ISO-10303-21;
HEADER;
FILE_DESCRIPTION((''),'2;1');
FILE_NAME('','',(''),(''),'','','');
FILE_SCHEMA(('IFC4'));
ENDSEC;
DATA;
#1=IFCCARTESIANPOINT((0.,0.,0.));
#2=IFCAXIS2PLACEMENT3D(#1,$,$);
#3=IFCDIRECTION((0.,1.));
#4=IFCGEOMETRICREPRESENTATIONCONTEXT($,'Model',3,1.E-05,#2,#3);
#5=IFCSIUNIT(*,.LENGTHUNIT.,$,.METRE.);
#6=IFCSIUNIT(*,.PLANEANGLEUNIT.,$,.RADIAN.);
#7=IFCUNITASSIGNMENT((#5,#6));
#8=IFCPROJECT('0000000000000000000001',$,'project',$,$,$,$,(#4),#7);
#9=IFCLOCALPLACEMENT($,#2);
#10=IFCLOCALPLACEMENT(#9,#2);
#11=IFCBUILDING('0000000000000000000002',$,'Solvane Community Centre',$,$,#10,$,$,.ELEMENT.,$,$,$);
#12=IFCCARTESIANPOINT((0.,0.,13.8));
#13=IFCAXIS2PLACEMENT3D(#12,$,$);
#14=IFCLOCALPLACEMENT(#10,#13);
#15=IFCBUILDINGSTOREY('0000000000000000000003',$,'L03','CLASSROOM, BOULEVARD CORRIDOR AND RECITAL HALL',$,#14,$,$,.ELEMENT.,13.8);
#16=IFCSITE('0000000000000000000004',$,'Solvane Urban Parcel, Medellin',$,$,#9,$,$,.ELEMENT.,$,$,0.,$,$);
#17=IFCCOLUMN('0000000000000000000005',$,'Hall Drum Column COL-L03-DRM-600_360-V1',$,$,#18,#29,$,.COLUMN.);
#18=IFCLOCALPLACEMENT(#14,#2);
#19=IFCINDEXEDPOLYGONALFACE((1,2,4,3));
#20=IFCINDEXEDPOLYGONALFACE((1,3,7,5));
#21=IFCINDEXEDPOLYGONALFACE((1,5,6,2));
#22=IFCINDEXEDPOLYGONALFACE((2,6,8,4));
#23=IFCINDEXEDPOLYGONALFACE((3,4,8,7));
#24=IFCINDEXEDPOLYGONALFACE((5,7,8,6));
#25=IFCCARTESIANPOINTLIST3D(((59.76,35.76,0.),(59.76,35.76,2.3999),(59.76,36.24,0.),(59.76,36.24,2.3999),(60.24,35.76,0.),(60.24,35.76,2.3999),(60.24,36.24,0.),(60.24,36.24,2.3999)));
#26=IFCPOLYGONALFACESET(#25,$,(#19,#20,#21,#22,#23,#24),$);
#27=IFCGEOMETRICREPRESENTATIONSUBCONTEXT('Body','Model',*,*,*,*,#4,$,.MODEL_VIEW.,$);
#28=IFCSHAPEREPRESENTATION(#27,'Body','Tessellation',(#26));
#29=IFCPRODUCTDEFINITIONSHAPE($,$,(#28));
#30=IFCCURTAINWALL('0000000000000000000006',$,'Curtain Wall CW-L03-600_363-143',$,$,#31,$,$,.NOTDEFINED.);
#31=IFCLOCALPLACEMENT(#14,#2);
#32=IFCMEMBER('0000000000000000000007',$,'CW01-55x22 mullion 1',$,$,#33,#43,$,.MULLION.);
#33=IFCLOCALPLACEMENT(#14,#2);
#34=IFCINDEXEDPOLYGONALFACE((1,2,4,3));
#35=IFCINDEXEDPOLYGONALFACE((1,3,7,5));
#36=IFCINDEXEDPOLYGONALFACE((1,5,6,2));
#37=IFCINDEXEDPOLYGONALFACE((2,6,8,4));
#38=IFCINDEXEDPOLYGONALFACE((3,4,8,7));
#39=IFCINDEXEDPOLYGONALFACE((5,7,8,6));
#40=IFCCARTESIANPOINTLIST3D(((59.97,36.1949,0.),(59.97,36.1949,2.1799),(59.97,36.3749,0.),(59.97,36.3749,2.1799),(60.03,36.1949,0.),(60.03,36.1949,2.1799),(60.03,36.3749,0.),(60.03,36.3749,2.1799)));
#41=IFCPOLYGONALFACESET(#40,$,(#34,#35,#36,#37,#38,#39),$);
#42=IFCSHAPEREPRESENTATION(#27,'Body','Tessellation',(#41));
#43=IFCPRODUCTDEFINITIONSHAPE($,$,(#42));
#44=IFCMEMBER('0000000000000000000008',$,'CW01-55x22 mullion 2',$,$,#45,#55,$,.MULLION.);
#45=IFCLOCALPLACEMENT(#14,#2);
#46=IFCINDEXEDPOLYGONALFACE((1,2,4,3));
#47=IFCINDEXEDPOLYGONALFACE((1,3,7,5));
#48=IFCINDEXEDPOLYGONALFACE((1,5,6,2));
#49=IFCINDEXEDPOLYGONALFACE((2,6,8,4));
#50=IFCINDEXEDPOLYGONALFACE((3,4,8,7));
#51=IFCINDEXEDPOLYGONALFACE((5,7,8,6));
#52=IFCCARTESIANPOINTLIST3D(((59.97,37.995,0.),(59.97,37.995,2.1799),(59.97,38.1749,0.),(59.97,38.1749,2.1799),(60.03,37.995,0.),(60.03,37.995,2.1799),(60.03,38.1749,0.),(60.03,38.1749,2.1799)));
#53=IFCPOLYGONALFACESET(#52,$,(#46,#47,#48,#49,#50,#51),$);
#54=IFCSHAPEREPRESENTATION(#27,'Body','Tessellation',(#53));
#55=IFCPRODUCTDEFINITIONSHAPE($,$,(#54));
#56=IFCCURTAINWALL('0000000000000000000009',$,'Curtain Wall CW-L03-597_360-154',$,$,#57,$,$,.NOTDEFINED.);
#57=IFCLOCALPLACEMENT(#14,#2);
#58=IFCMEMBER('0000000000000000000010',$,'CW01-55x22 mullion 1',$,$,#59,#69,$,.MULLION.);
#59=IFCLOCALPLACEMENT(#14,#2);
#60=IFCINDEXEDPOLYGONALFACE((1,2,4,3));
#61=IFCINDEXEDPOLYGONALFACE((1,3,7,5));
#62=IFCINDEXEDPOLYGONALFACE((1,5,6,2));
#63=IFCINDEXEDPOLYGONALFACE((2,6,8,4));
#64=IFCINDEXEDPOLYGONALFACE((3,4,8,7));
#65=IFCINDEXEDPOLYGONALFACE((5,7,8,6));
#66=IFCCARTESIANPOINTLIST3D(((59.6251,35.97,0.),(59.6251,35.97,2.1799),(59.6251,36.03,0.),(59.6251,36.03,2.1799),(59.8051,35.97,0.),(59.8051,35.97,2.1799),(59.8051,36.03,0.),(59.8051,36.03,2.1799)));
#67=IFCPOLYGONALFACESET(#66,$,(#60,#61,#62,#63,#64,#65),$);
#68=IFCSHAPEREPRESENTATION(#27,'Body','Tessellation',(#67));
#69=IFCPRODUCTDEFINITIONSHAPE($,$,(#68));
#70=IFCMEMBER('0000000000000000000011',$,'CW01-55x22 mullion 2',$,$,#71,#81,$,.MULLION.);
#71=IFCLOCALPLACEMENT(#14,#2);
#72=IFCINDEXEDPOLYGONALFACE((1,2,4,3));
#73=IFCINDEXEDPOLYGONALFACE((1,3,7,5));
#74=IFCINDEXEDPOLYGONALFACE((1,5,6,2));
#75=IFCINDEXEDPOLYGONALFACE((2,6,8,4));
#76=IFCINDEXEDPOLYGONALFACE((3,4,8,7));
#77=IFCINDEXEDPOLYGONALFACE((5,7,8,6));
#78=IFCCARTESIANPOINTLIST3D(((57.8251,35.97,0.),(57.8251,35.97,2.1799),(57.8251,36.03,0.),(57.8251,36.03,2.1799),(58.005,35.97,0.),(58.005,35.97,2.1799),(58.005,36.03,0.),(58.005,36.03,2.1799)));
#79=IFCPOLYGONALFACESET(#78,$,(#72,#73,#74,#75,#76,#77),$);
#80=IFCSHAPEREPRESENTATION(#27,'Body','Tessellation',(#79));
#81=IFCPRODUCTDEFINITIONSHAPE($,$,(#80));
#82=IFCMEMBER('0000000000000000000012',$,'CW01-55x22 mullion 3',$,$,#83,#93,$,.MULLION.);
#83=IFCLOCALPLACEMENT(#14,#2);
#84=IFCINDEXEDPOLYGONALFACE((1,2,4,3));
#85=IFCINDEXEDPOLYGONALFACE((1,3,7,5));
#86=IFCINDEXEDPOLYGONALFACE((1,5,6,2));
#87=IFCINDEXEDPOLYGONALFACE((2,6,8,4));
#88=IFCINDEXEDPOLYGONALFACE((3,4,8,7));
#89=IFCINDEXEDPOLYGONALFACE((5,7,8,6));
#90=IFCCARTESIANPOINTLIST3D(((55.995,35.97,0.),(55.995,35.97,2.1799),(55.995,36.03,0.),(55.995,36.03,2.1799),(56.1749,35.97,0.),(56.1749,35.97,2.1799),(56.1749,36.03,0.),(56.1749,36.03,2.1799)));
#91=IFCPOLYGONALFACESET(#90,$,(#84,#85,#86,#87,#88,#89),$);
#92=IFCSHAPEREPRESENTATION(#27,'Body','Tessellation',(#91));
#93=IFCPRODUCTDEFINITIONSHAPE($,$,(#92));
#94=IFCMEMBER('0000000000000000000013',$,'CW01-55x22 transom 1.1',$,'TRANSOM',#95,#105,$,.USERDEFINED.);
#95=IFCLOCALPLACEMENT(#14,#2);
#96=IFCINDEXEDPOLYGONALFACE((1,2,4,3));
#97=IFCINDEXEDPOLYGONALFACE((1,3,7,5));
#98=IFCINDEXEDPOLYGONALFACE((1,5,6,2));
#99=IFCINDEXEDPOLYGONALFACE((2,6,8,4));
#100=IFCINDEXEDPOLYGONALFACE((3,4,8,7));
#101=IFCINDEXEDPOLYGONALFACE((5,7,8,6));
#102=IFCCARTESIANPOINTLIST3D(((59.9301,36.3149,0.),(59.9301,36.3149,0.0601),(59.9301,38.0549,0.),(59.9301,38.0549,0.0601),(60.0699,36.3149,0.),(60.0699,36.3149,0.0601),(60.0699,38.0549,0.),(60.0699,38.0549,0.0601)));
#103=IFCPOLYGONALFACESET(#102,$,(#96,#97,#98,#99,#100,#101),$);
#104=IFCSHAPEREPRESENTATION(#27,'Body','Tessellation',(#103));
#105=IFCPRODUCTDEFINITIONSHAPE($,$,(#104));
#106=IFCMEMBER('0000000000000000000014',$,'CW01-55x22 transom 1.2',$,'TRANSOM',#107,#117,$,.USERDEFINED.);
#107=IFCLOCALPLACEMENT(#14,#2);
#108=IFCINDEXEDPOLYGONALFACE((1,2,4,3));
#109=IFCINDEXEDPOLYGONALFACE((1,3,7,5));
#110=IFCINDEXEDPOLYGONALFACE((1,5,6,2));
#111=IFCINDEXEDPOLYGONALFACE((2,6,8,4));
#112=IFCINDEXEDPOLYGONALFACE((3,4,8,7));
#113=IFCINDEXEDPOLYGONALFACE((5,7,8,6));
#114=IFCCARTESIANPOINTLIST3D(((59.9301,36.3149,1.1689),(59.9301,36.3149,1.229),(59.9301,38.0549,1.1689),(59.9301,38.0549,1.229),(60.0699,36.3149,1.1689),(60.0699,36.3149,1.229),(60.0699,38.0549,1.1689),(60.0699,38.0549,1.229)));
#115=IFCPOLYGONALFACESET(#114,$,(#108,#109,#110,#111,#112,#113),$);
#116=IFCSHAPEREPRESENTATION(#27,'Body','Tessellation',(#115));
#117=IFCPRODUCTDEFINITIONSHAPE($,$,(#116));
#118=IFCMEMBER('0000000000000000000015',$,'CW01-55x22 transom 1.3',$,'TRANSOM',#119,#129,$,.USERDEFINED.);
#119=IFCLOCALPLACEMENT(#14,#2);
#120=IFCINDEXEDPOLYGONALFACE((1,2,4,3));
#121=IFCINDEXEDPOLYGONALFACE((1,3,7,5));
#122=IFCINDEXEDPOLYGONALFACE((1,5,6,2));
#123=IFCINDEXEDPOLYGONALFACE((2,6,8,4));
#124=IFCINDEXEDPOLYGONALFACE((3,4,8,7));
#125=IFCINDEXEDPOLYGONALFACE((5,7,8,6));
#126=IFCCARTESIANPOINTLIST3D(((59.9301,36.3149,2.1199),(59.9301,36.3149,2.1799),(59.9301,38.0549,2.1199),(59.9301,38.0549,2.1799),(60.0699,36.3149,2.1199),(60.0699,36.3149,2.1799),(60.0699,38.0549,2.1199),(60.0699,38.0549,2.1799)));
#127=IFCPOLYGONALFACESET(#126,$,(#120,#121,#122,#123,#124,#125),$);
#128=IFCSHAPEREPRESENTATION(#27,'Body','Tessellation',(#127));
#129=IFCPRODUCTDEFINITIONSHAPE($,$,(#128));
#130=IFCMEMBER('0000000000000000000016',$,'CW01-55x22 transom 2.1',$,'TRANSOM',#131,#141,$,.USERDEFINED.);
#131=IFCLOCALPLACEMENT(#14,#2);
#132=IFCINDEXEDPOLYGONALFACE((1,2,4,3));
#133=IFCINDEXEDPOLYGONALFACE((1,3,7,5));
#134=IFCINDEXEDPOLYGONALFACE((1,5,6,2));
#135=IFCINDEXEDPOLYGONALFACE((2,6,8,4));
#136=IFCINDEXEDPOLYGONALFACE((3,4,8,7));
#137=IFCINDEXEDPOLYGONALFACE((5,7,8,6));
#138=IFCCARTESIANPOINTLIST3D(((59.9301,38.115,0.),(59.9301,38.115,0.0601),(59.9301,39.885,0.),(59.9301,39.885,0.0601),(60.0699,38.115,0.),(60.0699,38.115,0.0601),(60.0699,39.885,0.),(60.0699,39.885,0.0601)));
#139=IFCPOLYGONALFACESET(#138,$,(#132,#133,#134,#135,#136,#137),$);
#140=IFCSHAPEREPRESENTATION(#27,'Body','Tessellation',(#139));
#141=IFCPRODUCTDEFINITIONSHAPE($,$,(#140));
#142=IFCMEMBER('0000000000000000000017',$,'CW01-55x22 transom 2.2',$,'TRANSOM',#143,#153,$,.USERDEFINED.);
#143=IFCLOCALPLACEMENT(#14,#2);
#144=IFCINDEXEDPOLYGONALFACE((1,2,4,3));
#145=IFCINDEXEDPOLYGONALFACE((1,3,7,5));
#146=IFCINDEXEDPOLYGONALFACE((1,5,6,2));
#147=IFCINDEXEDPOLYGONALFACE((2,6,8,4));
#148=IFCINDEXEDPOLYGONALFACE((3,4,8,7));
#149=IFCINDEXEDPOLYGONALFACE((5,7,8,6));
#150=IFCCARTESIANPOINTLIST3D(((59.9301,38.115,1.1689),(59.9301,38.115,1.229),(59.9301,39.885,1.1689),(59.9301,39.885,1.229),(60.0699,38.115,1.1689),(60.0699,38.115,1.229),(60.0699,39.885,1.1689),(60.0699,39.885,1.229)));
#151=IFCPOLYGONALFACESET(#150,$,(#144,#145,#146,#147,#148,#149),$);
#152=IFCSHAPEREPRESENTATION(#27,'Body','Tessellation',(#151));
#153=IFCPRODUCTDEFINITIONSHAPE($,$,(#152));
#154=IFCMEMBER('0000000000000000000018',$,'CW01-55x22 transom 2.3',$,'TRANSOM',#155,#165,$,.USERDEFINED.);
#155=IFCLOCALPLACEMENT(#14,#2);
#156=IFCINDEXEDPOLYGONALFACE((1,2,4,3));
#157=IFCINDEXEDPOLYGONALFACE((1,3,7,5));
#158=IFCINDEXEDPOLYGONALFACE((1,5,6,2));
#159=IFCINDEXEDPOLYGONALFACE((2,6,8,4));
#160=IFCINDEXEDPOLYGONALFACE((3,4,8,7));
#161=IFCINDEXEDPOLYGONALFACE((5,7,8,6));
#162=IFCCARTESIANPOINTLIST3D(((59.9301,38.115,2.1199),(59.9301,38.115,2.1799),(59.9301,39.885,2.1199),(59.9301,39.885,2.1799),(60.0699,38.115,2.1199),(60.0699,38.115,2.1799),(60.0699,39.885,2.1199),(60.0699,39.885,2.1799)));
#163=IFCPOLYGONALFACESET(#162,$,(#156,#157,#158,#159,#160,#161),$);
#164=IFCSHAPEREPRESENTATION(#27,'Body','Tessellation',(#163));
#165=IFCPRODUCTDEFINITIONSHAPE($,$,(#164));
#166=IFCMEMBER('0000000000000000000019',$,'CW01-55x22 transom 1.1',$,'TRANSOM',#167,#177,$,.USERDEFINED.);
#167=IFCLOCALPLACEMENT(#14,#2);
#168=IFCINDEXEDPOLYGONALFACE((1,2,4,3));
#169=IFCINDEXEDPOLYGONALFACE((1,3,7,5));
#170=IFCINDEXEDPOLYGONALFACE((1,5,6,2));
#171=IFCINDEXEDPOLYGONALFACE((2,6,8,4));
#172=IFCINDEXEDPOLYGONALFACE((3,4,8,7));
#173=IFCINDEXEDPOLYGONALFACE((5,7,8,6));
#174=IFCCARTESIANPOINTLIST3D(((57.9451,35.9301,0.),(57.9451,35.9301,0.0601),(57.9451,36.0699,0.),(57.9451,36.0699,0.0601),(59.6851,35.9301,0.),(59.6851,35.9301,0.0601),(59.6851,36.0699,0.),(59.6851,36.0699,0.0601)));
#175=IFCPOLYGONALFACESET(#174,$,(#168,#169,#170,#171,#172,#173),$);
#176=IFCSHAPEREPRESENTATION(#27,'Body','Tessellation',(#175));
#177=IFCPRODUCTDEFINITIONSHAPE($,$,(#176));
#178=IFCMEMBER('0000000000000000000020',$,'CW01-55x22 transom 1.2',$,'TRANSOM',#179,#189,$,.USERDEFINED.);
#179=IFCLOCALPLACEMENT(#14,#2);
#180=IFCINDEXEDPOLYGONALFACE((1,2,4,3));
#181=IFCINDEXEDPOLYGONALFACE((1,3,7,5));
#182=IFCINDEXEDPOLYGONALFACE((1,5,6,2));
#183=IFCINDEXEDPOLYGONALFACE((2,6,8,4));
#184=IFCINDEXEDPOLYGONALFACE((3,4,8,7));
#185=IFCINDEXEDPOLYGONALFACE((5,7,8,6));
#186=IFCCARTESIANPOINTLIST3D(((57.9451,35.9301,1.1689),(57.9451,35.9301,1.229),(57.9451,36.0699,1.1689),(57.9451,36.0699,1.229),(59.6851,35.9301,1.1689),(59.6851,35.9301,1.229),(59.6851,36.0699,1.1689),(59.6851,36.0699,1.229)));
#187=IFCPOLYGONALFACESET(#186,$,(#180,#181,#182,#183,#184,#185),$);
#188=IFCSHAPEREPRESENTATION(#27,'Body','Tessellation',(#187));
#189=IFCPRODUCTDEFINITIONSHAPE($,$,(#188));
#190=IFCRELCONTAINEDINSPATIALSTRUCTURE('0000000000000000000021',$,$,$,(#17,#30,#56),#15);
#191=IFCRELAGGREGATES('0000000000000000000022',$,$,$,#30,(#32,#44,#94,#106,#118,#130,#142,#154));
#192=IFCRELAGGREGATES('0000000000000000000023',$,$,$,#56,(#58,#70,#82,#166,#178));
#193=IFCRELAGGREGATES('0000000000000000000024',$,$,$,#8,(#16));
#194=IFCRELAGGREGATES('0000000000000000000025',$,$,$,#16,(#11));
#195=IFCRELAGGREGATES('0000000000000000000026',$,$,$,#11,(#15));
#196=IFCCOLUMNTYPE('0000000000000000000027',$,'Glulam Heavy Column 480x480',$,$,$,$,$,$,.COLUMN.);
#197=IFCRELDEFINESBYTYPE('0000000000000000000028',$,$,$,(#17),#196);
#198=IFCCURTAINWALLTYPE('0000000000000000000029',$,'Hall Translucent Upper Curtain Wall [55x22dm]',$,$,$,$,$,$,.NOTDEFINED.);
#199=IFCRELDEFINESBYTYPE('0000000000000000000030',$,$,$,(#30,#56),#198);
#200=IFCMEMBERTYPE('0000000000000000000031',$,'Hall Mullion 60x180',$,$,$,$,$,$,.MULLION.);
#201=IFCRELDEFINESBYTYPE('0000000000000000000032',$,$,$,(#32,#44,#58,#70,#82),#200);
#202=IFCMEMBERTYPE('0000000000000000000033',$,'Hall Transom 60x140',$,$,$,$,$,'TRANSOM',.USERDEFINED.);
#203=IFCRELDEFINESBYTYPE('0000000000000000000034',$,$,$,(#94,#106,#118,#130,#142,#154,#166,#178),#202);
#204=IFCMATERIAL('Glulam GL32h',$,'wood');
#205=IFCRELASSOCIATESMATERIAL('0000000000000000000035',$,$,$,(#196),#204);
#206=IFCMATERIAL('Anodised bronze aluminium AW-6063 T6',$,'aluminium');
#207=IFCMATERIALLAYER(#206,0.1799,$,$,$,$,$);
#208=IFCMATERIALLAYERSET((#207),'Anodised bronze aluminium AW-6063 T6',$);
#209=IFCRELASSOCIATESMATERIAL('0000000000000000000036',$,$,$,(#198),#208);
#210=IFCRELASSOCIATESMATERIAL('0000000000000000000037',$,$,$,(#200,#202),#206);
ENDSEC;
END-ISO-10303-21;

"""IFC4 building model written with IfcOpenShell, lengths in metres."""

from ifc_helpers import new_model, si_unit, direction, frame, origin, origin_2d, place, context, subcontext, project, spatial, rectangle, extrude, material, layer, layer_set, material_profile, profile_set, type_object, element, aggregate, save


model = new_model("IFC4")

# Units and contexts
model_context = context("Model", 3, precision=1e-05, world=origin(), true_north=direction((0.0, 1.0)))
body_context = subcontext(model_context, "Body", "Model", "MODEL_VIEW")
ifc_project = project(units=[si_unit("LENGTHUNIT", "METRE"), si_unit("PLANEANGLEUNIT", "RADIAN")], contexts=[model_context])

# Site, building, storey
site_placement = place(None, origin())
site = spatial("IfcSite", under=ifc_project, at=site_placement, Name="Solvane Urban Parcel, Medellin", CompositionType="ELEMENT", RefElevation=0.0)
building_placement = place(site_placement, origin())
building = spatial("IfcBuilding", under=site, at=building_placement, Name="Solvane Community Centre", CompositionType="ELEMENT")
storey_placement = place(building_placement, frame((0.0, 0.0, 13.8)))
storey = spatial("IfcBuildingStorey", under=building, at=storey_placement, Name="L03", Description="CLASSROOM, BOULEVARD CORRIDOR AND RECITAL HALL", CompositionType="ELEMENT", Elevation=13.8)

# Column
ifc_material_1 = material(Name="Glulam GL32h", Category="wood")
ifc_material_profile_1 = material_profile(ifc_material_1, rectangle(XDim=0.48, YDim=0.48, at=origin_2d()), Name="GL32h 480x480")
ifc_profile_set_1 = profile_set([ifc_material_profile_1], Name="Glulam GL32h")
column_type = type_object("IfcColumnType", Name="Glulam Heavy Column 480x480", PredefinedType="COLUMN", material=ifc_profile_set_1)
column_placement = place(storey_placement, frame((60.0, 36.0, 0.0), z_axis=(0.0, 0.0, 1.0), x_axis=(1.0, 0.0, 0.0)))
element("IfcColumn", 1, at=column_placement, inside=storey, type_object=column_type, Name="Hall Drum Column COL-L03-DRM-600_360-V1", PredefinedType="COLUMN", context=body_context, shape_type="SweptSolid", body=[
    extrude(rectangle(XDim=0.48, YDim=0.48, at=origin_2d()), origin(), (0.0, 0.0, 1.0), 2.3999),
])

# Curtain walls, members
ifc_material_2 = material(Name="Anodised bronze aluminium AW-6063 T6", Category="aluminium")
ifc_layer_1 = layer(ifc_material_2, 0.1799)
ifc_layer_set_1 = layer_set([ifc_layer_1], Name="Anodised bronze aluminium AW-6063 T6")
curtain_wall_type = type_object("IfcCurtainWallType", Name="Hall Translucent Upper Curtain Wall [55x22dm]", PredefinedType="NOTDEFINED", material=ifc_layer_set_1)
curtain_wall_1_placement = place(storey_placement, origin())
curtain_wall_1 = element("IfcCurtainWall", 2, at=curtain_wall_1_placement, inside=storey, type_object=curtain_wall_type, Name="Curtain Wall CW-L03-600_363-143", PredefinedType="NOTDEFINED")
ifc_material_profile_2 = material_profile(ifc_material_2, rectangle(XDim=0.0601, YDim=0.1799, at=origin_2d()), Name="CW-M 60x180")
ifc_profile_set_2 = profile_set([ifc_material_profile_2], Name="Anodised bronze aluminium AW-6063 T6")
member_type_1 = type_object("IfcMemberType", Name="Hall Mullion 60x180", PredefinedType="MULLION", material=ifc_profile_set_2)
member_1_placement = place(storey_placement, frame((60.0, 36.2849, 0.0), z_axis=(0.0, 0.0, 1.0), x_axis=(-1.0, 0.0, 0.0)))
member_1 = element("IfcMember", 3, at=member_1_placement, type_object=member_type_1, Name="CW01-55x22 mullion 1", PredefinedType="MULLION", context=body_context, shape_type="SweptSolid", body=[
    extrude(rectangle(XDim=0.0601, YDim=0.1799, at=origin_2d()), origin(), (0.0, 0.0, 1.0), 2.1799),
])
member_2_placement = place(storey_placement, frame((60.0, 38.085, 0.0), z_axis=(0.0, 0.0, 1.0), x_axis=(-1.0, 0.0, 0.0)))
member_2 = element("IfcMember", 4, at=member_2_placement, type_object=member_type_1, Name="CW01-55x22 mullion 2", PredefinedType="MULLION", context=body_context, shape_type="SweptSolid", body=[
    extrude(rectangle(XDim=0.0601, YDim=0.1799, at=origin_2d()), origin(), (0.0, 0.0, 1.0), 2.1799),
])
curtain_wall_2_placement = place(storey_placement, origin())
curtain_wall_2 = element("IfcCurtainWall", 5, at=curtain_wall_2_placement, inside=storey, type_object=curtain_wall_type, Name="Curtain Wall CW-L03-597_360-154", PredefinedType="NOTDEFINED")
member_3_placement = place(storey_placement, frame((59.7151, 36.0, 0.0), z_axis=(0.0, 0.0, 1.0), x_axis=(0.0, -1.0, 0.0)))
member_3 = element("IfcMember", 6, at=member_3_placement, type_object=member_type_1, Name="CW01-55x22 mullion 1", PredefinedType="MULLION", context=body_context, shape_type="SweptSolid", body=[
    extrude(rectangle(XDim=0.0601, YDim=0.1799, at=origin_2d()), origin(), (0.0, 0.0, 1.0), 2.1799),
])
member_4_placement = place(storey_placement, frame((57.915, 36.0, 0.0), z_axis=(0.0, 0.0, 1.0), x_axis=(0.0, -1.0, 0.0)))
member_4 = element("IfcMember", 7, at=member_4_placement, type_object=member_type_1, Name="CW01-55x22 mullion 2", PredefinedType="MULLION", context=body_context, shape_type="SweptSolid", body=[
    extrude(rectangle(XDim=0.0601, YDim=0.1799, at=origin_2d()), origin(), (0.0, 0.0, 1.0), 2.1799),
])
member_5_placement = place(storey_placement, frame((56.085, 36.0, 0.0), z_axis=(0.0, 0.0, 1.0), x_axis=(0.0, -1.0, 0.0)))
member_5 = element("IfcMember", 8, at=member_5_placement, type_object=member_type_1, Name="CW01-55x22 mullion 3", PredefinedType="MULLION", context=body_context, shape_type="SweptSolid", body=[
    extrude(rectangle(XDim=0.0601, YDim=0.1799, at=origin_2d()), origin(), (0.0, 0.0, 1.0), 2.1799),
])

# Members
ifc_material_profile_3 = material_profile(ifc_material_2, rectangle(XDim=0.1399, YDim=0.0601, at=origin_2d()), Name="CW-T 60x140")
ifc_profile_set_3 = profile_set([ifc_material_profile_3], Name="Anodised bronze aluminium AW-6063 T6")
member_type_2 = type_object("IfcMemberType", Name="Hall Transom 60x140", ElementType="TRANSOM", PredefinedType="USERDEFINED", material=ifc_profile_set_3)
member_6_placement = place(storey_placement, frame((60.0, 36.3149, 0.03), z_axis=(0.0, 1.0, 0.0), x_axis=(-1.0, 0.0, 0.0)))
member_6 = element("IfcMember", 9, at=member_6_placement, type_object=member_type_2, Name="CW01-55x22 transom 1.1", ObjectType="TRANSOM", PredefinedType="USERDEFINED", context=body_context, shape_type="SweptSolid", body=[
    extrude(rectangle(XDim=0.1399, YDim=0.0601, at=origin_2d()), origin(), (0.0, 0.0, 1.0), 1.74),
])
member_7_placement = place(storey_placement, frame((60.0, 36.3149, 1.199), z_axis=(0.0, 1.0, 0.0), x_axis=(-1.0, 0.0, 0.0)))
member_7 = element("IfcMember", 10, at=member_7_placement, type_object=member_type_2, Name="CW01-55x22 transom 1.2", ObjectType="TRANSOM", PredefinedType="USERDEFINED", context=body_context, shape_type="SweptSolid", body=[
    extrude(rectangle(XDim=0.1399, YDim=0.0601, at=origin_2d()), origin(), (0.0, 0.0, 1.0), 1.74),
])
member_8_placement = place(storey_placement, frame((60.0, 36.3149, 2.1499), z_axis=(0.0, 1.0, 0.0), x_axis=(-1.0, 0.0, 0.0)))
member_8 = element("IfcMember", 11, at=member_8_placement, type_object=member_type_2, Name="CW01-55x22 transom 1.3", ObjectType="TRANSOM", PredefinedType="USERDEFINED", context=body_context, shape_type="SweptSolid", body=[
    extrude(rectangle(XDim=0.1399, YDim=0.0601, at=origin_2d()), origin(), (0.0, 0.0, 1.0), 1.74),
])
member_9_placement = place(storey_placement, frame((60.0, 38.115, 0.03), z_axis=(0.0, 1.0, 0.0), x_axis=(-1.0, 0.0, 0.0)))
member_9 = element("IfcMember", 12, at=member_9_placement, type_object=member_type_2, Name="CW01-55x22 transom 2.1", ObjectType="TRANSOM", PredefinedType="USERDEFINED", context=body_context, shape_type="SweptSolid", body=[
    extrude(rectangle(XDim=0.1399, YDim=0.0601, at=origin_2d()), origin(), (0.0, 0.0, 1.0), 1.77),
])
member_10_placement = place(storey_placement, frame((60.0, 38.115, 1.199), z_axis=(0.0, 1.0, 0.0), x_axis=(-1.0, 0.0, 0.0)))
member_10 = element("IfcMember", 13, at=member_10_placement, type_object=member_type_2, Name="CW01-55x22 transom 2.2", ObjectType="TRANSOM", PredefinedType="USERDEFINED", context=body_context, shape_type="SweptSolid", body=[
    extrude(rectangle(XDim=0.1399, YDim=0.0601, at=origin_2d()), origin(), (0.0, 0.0, 1.0), 1.77),
])
member_11_placement = place(storey_placement, frame((60.0, 38.115, 2.1499), z_axis=(0.0, 1.0, 0.0), x_axis=(-1.0, 0.0, 0.0)))
member_11 = element("IfcMember", 14, at=member_11_placement, type_object=member_type_2, Name="CW01-55x22 transom 2.3", ObjectType="TRANSOM", PredefinedType="USERDEFINED", context=body_context, shape_type="SweptSolid", body=[
    extrude(rectangle(XDim=0.1399, YDim=0.0601, at=origin_2d()), origin(), (0.0, 0.0, 1.0), 1.77),
])
member_12_placement = place(storey_placement, frame((59.6851, 36.0, 0.03), z_axis=(-1.0, 0.0, 0.0), x_axis=(0.0, -1.0, 0.0)))
member_12 = element("IfcMember", 15, at=member_12_placement, type_object=member_type_2, Name="CW01-55x22 transom 1.1", ObjectType="TRANSOM", PredefinedType="USERDEFINED", context=body_context, shape_type="SweptSolid", body=[
    extrude(rectangle(XDim=0.1399, YDim=0.0601, at=origin_2d()), origin(), (0.0, 0.0, 1.0), 1.74),
])
member_13_placement = place(storey_placement, frame((59.6851, 36.0, 1.199), z_axis=(-1.0, 0.0, 0.0), x_axis=(0.0, -1.0, 0.0)))
member_13 = element("IfcMember", 16, at=member_13_placement, type_object=member_type_2, Name="CW01-55x22 transom 1.2", ObjectType="TRANSOM", PredefinedType="USERDEFINED", context=body_context, shape_type="SweptSolid", body=[
    extrude(rectangle(XDim=0.1399, YDim=0.0601, at=origin_2d()), origin(), (0.0, 0.0, 1.0), 1.74),
])

aggregate(curtain_wall_1, [member_1, member_2, member_6, member_7, member_8, member_9, member_10, member_11])
aggregate(curtain_wall_2, [member_3, member_4, member_5, member_12, member_13])

save(model, "model.ifc")
